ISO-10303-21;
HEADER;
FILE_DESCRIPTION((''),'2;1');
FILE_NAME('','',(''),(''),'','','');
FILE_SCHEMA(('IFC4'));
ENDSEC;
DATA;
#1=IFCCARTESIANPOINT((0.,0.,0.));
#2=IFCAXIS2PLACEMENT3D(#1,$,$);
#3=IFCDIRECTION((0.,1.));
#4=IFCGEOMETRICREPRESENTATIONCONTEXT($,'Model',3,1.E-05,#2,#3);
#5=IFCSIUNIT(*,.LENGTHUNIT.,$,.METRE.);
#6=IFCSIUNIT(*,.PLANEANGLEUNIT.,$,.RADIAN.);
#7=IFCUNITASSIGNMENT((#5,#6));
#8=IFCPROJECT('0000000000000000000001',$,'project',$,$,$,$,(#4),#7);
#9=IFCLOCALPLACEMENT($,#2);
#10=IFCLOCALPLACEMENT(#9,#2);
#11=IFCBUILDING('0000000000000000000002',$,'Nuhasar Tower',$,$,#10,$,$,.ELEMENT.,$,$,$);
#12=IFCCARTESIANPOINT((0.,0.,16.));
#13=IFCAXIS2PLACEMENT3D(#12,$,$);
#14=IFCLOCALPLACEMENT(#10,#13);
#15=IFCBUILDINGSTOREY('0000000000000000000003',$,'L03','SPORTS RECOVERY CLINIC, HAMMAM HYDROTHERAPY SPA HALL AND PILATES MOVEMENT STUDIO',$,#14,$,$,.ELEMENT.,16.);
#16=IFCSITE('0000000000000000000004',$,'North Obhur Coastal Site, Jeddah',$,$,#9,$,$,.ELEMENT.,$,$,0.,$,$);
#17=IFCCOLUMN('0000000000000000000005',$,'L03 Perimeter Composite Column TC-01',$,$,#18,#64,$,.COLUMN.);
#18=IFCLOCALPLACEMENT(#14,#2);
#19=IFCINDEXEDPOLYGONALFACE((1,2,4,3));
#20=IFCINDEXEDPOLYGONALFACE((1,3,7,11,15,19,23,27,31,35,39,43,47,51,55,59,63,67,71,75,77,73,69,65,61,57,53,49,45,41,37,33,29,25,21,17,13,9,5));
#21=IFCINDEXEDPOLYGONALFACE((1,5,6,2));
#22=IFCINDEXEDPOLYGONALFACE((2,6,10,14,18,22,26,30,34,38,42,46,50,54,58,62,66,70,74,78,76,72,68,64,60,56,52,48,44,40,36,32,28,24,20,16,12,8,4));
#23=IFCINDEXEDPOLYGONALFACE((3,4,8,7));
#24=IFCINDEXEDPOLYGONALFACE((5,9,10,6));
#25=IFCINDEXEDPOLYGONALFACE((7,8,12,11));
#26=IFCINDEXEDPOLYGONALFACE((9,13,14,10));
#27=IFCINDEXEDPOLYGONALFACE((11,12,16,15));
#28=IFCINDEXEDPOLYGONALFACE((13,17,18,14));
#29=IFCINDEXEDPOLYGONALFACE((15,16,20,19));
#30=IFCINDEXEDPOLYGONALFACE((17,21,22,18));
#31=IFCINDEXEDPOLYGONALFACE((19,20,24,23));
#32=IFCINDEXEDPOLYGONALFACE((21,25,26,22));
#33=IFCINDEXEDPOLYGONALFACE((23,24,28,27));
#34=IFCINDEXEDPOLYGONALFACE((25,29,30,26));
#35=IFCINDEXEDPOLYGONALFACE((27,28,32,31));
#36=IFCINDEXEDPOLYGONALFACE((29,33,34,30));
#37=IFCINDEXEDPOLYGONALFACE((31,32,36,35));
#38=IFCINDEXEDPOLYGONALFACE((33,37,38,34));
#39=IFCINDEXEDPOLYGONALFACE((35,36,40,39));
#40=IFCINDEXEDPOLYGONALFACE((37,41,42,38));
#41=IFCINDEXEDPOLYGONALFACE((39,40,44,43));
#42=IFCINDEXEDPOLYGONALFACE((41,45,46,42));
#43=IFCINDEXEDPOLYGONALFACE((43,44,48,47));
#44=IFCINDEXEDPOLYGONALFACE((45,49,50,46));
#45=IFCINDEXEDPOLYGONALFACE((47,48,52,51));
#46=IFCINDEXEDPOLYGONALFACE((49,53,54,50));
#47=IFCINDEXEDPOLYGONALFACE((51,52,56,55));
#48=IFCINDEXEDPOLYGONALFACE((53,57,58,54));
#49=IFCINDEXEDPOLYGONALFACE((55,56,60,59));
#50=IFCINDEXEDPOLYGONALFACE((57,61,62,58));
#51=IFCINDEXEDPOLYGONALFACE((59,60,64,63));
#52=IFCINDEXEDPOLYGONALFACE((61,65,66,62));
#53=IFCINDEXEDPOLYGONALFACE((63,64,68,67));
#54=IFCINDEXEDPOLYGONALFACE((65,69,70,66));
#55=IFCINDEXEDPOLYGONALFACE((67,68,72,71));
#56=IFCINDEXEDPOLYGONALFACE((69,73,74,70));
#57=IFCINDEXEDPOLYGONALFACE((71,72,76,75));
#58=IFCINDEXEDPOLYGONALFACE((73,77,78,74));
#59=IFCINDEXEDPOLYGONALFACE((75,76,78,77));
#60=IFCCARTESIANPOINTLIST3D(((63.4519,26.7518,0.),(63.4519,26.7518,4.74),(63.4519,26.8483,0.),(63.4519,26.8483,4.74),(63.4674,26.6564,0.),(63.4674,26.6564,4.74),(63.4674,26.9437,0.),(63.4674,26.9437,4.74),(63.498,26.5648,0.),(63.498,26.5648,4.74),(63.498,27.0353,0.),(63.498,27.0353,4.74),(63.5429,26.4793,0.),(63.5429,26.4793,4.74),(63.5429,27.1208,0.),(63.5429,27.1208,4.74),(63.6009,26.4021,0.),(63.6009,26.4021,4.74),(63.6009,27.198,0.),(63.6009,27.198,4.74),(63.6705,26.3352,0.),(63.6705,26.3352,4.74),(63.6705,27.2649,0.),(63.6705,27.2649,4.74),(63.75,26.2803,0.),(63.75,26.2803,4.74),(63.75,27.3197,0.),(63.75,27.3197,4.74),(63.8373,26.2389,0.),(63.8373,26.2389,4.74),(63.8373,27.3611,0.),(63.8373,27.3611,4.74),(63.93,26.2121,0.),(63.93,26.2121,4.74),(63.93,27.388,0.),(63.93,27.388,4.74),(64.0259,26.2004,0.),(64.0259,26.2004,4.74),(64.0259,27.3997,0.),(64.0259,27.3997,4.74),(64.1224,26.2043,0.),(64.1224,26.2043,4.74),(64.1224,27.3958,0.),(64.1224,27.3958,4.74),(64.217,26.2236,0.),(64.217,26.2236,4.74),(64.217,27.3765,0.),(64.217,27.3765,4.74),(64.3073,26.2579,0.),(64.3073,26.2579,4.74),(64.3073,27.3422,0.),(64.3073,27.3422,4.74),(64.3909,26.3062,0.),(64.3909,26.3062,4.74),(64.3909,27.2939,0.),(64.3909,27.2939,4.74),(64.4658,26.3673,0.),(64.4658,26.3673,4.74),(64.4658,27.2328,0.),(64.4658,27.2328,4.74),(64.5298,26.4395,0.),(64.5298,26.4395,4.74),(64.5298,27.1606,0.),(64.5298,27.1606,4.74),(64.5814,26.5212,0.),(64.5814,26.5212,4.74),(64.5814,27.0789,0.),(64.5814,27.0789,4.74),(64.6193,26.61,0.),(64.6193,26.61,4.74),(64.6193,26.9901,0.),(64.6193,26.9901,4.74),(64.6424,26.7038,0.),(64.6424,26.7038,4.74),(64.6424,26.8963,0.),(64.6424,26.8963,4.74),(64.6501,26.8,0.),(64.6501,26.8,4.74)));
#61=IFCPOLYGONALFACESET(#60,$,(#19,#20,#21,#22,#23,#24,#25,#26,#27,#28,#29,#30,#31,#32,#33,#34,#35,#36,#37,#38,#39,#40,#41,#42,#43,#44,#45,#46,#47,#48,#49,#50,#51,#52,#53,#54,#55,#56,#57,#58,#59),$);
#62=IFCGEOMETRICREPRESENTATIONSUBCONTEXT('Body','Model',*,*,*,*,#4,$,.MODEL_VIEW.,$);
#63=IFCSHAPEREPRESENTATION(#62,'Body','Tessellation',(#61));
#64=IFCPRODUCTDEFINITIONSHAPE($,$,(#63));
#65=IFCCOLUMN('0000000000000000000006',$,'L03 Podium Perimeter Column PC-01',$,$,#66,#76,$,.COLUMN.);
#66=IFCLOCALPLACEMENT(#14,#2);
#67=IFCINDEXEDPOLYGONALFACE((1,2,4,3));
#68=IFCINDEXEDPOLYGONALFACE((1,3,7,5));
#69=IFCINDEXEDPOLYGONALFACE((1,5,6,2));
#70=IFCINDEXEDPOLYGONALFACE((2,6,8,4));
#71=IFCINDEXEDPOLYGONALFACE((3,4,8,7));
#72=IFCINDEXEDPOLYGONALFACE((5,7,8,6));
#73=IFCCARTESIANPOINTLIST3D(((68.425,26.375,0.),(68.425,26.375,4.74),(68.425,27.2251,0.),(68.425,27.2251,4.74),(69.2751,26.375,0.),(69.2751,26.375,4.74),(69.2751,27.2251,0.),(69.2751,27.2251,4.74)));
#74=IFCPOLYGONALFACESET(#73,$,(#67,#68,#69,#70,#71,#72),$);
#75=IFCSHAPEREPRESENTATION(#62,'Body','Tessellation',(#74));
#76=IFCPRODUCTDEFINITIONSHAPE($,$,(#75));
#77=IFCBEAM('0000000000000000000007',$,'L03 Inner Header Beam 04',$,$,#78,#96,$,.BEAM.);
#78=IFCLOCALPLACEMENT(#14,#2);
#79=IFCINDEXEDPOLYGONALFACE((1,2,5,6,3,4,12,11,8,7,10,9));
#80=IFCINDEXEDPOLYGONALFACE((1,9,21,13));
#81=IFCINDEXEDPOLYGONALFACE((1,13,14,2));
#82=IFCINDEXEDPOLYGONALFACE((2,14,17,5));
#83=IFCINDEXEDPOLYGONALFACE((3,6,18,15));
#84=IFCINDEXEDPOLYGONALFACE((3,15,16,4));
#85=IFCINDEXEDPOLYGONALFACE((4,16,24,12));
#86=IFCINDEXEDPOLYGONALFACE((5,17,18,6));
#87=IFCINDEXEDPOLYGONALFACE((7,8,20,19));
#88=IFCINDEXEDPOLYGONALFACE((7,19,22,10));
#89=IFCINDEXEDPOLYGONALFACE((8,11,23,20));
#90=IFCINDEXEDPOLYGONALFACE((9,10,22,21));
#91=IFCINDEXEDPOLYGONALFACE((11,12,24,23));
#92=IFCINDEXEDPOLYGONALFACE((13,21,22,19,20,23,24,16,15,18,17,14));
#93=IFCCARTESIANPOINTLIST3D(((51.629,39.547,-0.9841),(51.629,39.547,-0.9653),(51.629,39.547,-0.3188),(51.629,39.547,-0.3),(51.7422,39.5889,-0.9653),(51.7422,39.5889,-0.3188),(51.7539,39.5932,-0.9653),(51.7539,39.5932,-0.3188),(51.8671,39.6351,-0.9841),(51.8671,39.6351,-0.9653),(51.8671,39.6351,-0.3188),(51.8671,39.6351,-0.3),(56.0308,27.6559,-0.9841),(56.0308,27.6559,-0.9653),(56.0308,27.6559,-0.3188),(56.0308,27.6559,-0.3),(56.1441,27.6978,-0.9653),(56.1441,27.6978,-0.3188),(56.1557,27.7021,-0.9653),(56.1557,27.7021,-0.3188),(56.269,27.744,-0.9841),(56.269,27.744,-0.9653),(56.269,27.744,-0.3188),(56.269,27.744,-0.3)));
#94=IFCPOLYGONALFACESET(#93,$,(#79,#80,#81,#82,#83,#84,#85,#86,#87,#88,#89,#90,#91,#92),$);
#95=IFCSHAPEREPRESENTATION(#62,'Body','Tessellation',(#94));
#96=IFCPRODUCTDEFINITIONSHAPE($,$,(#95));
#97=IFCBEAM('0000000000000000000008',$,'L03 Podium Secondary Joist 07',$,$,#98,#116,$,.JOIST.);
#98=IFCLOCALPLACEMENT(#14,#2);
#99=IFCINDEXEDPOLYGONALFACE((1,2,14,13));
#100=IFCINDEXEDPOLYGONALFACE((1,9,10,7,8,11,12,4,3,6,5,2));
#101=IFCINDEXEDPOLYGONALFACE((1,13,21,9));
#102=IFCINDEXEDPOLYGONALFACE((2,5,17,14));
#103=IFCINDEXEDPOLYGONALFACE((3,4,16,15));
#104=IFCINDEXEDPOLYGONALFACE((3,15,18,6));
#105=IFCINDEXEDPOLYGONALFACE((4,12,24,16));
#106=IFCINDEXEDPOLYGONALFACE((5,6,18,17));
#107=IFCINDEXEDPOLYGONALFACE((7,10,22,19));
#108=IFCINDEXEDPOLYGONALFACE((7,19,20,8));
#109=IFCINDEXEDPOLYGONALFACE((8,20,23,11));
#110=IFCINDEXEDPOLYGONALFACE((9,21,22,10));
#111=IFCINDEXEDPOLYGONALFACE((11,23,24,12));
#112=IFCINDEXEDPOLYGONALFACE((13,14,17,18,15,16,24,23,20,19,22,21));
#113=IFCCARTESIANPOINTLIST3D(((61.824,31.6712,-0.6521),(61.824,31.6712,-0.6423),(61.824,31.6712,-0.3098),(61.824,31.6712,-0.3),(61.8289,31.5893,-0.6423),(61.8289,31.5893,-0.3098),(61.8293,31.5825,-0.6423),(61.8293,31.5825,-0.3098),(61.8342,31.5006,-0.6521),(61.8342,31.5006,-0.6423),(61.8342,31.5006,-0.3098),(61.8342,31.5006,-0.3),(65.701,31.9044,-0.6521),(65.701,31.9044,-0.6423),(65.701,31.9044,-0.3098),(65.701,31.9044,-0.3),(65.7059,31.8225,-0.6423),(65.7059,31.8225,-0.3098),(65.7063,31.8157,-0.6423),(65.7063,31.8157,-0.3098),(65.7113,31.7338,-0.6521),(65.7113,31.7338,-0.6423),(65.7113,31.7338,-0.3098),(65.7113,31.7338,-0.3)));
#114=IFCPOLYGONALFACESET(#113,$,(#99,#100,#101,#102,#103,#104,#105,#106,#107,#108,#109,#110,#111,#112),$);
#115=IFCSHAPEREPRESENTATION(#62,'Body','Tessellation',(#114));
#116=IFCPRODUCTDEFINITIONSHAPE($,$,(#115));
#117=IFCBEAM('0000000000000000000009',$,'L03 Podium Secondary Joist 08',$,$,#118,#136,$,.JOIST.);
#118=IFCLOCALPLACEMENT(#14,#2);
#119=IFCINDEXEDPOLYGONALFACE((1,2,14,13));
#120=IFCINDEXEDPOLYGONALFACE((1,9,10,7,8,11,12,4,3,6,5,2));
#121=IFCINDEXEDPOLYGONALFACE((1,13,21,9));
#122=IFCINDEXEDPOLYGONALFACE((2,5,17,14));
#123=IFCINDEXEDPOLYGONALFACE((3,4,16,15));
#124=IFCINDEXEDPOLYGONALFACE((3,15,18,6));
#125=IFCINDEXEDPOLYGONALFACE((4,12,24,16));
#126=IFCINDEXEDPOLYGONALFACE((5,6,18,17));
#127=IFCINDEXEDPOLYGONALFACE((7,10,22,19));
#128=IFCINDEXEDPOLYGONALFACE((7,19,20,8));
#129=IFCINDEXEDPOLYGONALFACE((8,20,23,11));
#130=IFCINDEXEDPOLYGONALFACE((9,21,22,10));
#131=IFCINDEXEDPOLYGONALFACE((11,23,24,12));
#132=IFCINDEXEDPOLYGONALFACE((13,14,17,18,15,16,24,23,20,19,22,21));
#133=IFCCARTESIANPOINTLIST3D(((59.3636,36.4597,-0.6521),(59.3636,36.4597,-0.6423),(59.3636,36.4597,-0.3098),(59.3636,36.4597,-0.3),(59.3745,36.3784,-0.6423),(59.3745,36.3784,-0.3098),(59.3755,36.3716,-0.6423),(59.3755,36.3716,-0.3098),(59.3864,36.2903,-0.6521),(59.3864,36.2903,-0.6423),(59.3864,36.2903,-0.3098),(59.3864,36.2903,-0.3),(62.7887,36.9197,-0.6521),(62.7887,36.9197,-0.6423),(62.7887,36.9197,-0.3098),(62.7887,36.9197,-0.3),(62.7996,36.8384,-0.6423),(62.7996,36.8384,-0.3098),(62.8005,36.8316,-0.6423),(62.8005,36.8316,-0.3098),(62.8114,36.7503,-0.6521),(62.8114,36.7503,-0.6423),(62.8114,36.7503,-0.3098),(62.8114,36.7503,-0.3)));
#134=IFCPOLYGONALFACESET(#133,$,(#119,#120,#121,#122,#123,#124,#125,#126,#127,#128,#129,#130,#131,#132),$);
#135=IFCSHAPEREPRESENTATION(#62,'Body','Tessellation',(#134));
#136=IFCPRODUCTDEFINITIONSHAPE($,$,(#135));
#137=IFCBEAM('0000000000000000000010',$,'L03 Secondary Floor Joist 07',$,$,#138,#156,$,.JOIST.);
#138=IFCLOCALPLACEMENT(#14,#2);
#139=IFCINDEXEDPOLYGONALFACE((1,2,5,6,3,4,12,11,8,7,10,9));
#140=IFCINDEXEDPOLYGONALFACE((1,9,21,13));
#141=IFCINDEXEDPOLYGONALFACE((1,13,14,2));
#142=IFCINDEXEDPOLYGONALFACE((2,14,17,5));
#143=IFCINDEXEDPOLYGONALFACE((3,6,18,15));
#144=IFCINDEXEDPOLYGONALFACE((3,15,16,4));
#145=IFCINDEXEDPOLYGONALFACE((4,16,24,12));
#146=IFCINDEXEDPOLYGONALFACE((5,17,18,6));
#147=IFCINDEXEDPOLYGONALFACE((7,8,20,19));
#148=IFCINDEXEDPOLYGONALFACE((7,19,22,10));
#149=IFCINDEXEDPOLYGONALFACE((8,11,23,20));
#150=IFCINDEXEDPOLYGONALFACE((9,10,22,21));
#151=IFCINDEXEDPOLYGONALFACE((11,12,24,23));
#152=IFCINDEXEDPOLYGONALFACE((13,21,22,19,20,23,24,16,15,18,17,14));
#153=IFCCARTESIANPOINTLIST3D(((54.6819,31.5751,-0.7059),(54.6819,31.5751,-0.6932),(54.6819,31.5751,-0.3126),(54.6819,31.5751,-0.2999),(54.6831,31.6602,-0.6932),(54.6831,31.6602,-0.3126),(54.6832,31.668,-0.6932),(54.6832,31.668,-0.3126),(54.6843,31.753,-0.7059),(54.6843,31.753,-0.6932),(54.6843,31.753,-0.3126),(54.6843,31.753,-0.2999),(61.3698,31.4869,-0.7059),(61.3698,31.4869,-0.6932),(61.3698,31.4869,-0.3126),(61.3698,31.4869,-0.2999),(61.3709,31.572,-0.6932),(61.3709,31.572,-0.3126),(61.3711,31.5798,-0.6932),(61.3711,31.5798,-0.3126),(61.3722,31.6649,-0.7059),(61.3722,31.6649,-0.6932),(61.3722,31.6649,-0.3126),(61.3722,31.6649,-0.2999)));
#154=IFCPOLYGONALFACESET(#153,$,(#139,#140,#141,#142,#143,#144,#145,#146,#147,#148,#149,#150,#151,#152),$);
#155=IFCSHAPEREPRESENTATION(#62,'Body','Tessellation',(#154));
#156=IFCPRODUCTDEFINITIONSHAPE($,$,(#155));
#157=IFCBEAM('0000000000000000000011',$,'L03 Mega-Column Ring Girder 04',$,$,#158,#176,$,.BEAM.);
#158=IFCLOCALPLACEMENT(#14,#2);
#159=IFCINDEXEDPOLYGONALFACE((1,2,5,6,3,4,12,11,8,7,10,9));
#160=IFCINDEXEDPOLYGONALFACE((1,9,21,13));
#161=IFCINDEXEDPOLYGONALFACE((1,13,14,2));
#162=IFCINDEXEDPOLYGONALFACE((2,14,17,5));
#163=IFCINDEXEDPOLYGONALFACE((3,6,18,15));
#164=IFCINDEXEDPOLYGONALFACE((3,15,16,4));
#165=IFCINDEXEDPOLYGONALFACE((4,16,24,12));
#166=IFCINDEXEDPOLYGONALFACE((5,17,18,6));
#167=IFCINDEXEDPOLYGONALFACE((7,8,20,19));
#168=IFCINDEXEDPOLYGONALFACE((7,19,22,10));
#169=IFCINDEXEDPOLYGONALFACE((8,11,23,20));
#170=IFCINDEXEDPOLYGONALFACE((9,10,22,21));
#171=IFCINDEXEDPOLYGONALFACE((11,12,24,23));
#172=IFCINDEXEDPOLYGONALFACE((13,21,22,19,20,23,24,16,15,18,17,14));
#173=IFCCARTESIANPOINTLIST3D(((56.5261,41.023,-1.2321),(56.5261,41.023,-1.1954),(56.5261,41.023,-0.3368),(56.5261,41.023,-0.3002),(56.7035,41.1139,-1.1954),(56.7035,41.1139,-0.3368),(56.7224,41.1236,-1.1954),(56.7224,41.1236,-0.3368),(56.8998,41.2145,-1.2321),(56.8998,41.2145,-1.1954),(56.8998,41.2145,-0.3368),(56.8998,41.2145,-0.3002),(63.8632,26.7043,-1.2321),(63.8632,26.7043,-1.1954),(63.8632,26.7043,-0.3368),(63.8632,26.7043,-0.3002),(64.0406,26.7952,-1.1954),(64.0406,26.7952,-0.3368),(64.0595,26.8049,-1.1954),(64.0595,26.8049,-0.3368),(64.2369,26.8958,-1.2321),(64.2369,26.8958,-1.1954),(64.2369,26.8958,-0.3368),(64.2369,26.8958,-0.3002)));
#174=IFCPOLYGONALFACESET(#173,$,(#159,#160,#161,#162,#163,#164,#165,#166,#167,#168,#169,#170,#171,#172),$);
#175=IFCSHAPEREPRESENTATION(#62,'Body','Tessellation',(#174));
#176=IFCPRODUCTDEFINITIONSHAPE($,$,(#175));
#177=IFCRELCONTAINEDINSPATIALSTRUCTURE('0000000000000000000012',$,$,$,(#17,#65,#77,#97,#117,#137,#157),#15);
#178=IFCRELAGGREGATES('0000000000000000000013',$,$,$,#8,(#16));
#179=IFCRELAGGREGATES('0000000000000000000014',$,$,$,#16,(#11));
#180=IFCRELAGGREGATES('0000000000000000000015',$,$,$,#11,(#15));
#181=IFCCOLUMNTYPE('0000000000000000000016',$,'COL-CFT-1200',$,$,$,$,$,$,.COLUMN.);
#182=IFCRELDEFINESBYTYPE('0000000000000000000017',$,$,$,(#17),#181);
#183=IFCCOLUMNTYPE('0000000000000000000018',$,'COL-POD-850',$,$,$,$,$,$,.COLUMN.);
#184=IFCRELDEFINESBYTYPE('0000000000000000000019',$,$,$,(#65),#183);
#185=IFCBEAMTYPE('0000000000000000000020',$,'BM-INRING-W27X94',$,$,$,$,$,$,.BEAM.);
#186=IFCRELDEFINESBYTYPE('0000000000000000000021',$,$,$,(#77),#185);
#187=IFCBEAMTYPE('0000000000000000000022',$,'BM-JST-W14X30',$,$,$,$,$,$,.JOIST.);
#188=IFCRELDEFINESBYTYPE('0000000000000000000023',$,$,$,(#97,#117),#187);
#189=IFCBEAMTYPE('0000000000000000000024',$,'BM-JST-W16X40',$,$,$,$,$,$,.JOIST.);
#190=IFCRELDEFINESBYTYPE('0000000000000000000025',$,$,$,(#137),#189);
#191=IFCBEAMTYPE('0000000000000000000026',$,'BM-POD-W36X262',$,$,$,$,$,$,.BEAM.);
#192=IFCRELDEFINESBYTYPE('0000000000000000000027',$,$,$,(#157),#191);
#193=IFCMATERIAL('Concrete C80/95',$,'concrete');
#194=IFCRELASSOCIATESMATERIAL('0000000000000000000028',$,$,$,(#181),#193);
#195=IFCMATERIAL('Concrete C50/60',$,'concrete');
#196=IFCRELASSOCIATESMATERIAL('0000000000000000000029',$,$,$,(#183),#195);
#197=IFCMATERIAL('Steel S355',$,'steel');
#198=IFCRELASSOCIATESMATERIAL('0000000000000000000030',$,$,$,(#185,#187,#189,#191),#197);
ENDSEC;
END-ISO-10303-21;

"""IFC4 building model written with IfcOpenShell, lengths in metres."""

from ifc_helpers import new_model, si_unit, direction, frame, origin, origin_2d, place, context, subcontext, project, spatial, rectangle, circle, i_section, extrude, material, material_profile, profile_set, type_object, element, save


model = new_model("IFC4")

# Units and contexts
model_context = context("Model", 3, precision=1e-05, world=origin(), true_north=direction((0.0, 1.0)))
body_context = subcontext(model_context, "Body", "Model", "MODEL_VIEW")
ifc_project = project(units=[si_unit("LENGTHUNIT", "METRE"), si_unit("PLANEANGLEUNIT", "RADIAN")], contexts=[model_context])

# Site, building, storey
site_placement = place(None, origin())
site = spatial("IfcSite", under=ifc_project, at=site_placement, Name="North Obhur Coastal Site, Jeddah", CompositionType="ELEMENT", RefElevation=0.0)
building_placement = place(site_placement, origin())
building = spatial("IfcBuilding", under=site, at=building_placement, Name="Nuhasar Tower", CompositionType="ELEMENT")
storey_placement = place(building_placement, frame((0.0, 0.0, 16.0)))
storey = spatial("IfcBuildingStorey", under=building, at=storey_placement, Name="L03", Description="SPORTS RECOVERY CLINIC, HAMMAM HYDROTHERAPY SPA HALL AND PILATES MOVEMENT STUDIO", CompositionType="ELEMENT", Elevation=16.0)

# Columns
ifc_material_1 = material(Name="Concrete C80/95", Category="concrete")
ifc_material_profile_1 = material_profile(ifc_material_1, circle(Radius=0.6001, at=origin_2d()), Name="CFT1200")
ifc_profile_set_1 = profile_set([ifc_material_profile_1], Name="Concrete C80/95")
column_type_1 = type_object("IfcColumnType", Name="COL-CFT-1200", PredefinedType="COLUMN", material=ifc_profile_set_1)
column_1_placement = place(storey_placement, frame((64.05, 26.8, 0.0), z_axis=(0.0, 0.0, 1.0), x_axis=(1.0, 0.0, 0.0)))
element("IfcColumn", 1, at=column_1_placement, inside=storey, type_object=column_type_1, Name="L03 Perimeter Composite Column TC-01", PredefinedType="COLUMN", context=body_context, shape_type="SweptSolid", body=[
    extrude(circle(Radius=0.6001, at=origin_2d()), origin(), (0.0, 0.0, 1.0), 4.74),
])
ifc_material_2 = material(Name="Concrete C50/60", Category="concrete")
ifc_material_profile_2 = material_profile(ifc_material_2, rectangle(XDim=0.8501, YDim=0.8501, at=origin_2d()), Name="RC850X850")
ifc_profile_set_2 = profile_set([ifc_material_profile_2], Name="Concrete C50/60")
column_type_2 = type_object("IfcColumnType", Name="COL-POD-850", PredefinedType="COLUMN", material=ifc_profile_set_2)
column_2_placement = place(storey_placement, frame((68.8501, 26.8, 0.0), z_axis=(0.0, 0.0, 1.0), x_axis=(1.0, 0.0, 0.0)))
element("IfcColumn", 2, at=column_2_placement, inside=storey, type_object=column_type_2, Name="L03 Podium Perimeter Column PC-01", PredefinedType="COLUMN", context=body_context, shape_type="SweptSolid", body=[
    extrude(rectangle(XDim=0.8501, YDim=0.8501, at=origin_2d()), origin(), (0.0, 0.0, 1.0), 4.74),
])

# Beams
ifc_material_3 = material(Name="Steel S355", Category="steel")
ifc_material_profile_3 = material_profile(ifc_material_3, i_section(OverallWidth=0.2539, OverallDepth=0.6841, WebThickness=0.0125, FlangeThickness=0.0188, at=origin_2d()), Name="W27X94")
ifc_profile_set_3 = profile_set([ifc_material_profile_3], Name="Steel S355")
beam_type_1 = type_object("IfcBeamType", Name="BM-INRING-W27X94", PredefinedType="BEAM", material=ifc_profile_set_3)
beam_1_placement = place(storey_placement, frame((56.1499, 27.7, -0.6421), z_axis=(-0.347158, 0.937807, 0.0), x_axis=(-0.937807, -0.347158, 0.0)))
element("IfcBeam", 3, at=beam_1_placement, inside=storey, type_object=beam_type_1, Name="L03 Inner Header Beam 04", PredefinedType="BEAM", context=body_context, shape_type="SweptSolid", body=[
    extrude(i_section(OverallWidth=0.2539, OverallDepth=0.6841, WebThickness=0.0125, FlangeThickness=0.0188, at=origin_2d()), origin(), (0.0, 0.0, 1.0), 12.6797),
])
ifc_material_profile_4 = material_profile(ifc_material_3, i_section(OverallWidth=0.1709, OverallDepth=0.3521, WebThickness=0.0068, FlangeThickness=0.0098, at=origin_2d()), Name="W14X30")
ifc_profile_set_4 = profile_set([ifc_material_profile_4], Name="Steel S355")
beam_type_2 = type_object("IfcBeamType", Name="BM-JST-W14X30", PredefinedType="JOIST", material=ifc_profile_set_4)
beam_2_placement = place(storey_placement, frame((61.8291, 31.5859, -0.4761), z_axis=(0.998197, 0.06003, 0.0), x_axis=(-0.06003, 0.998197, 0.0)))
element("IfcBeam", 4, at=beam_2_placement, inside=storey, type_object=beam_type_2, Name="L03 Podium Secondary Joist 07", PredefinedType="JOIST", context=body_context, shape_type="SweptSolid", body=[
    extrude(i_section(OverallWidth=0.1709, OverallDepth=0.3521, WebThickness=0.0068, FlangeThickness=0.0098, at=origin_2d()), origin(), (0.0, 0.0, 1.0), 3.884),
])
beam_3_placement = place(storey_placement, frame((59.375, 36.375, -0.4761), z_axis=(0.991103, 0.133098, 0.0), x_axis=(-0.133098, 0.991103, 0.0)))
element("IfcBeam", 5, at=beam_3_placement, inside=storey, type_object=beam_type_2, Name="L03 Podium Secondary Joist 08", PredefinedType="JOIST", context=body_context, shape_type="SweptSolid", body=[
    extrude(i_section(OverallWidth=0.1709, OverallDepth=0.3521, WebThickness=0.0068, FlangeThickness=0.0098, at=origin_2d()), origin(), (0.0, 0.0, 1.0), 3.4558),
])
ifc_material_profile_5 = material_profile(ifc_material_3, i_section(OverallWidth=0.178, OverallDepth=0.406, WebThickness=0.0078, FlangeThickness=0.0127, at=origin_2d()), Name="W16X40")
ifc_profile_set_5 = profile_set([ifc_material_profile_5], Name="Steel S355")
beam_type_3 = type_object("IfcBeamType", Name="BM-JST-W16X40", PredefinedType="JOIST", material=ifc_profile_set_5)
beam_4_placement = place(storey_placement, frame((54.6831, 31.6641, -0.5029), z_axis=(0.999913, -0.013177, 0.0), x_axis=(0.013177, 0.999913, 0.0)))
element("IfcBeam", 6, at=beam_4_placement, inside=storey, type_object=beam_type_3, Name="L03 Secondary Floor Joist 07", PredefinedType="JOIST", context=body_context, shape_type="SweptSolid", body=[
    extrude(i_section(OverallWidth=0.178, OverallDepth=0.406, WebThickness=0.0078, FlangeThickness=0.0127, at=origin_2d()), origin(), (0.0, 0.0, 1.0), 6.6885),
])
ifc_material_profile_6 = material_profile(ifc_material_3, i_section(OverallWidth=0.4199, OverallDepth=0.9319, WebThickness=0.0212, FlangeThickness=0.0366, at=origin_2d()), Name="W36X262")
ifc_profile_set_6 = profile_set([ifc_material_profile_6], Name="Steel S355")
beam_type_4 = type_object("IfcBeamType", Name="BM-POD-W36X262", PredefinedType="BEAM", material=ifc_profile_set_6)
beam_5_placement = place(storey_placement, frame((64.05, 26.8, -0.7661), z_axis=(-0.456029, 0.889965, 0.0), x_axis=(-0.889965, -0.456029, 0.0)))
element("IfcBeam", 7, at=beam_5_placement, inside=storey, type_object=beam_type_4, Name="L03 Mega-Column Ring Girder 04", PredefinedType="BEAM", context=body_context, shape_type="SweptSolid", body=[
    extrude(i_section(OverallWidth=0.4199, OverallDepth=0.9319, WebThickness=0.0212, FlangeThickness=0.0366, at=origin_2d()), origin(), (0.0, 0.0, 1.0), 16.0891),
])

save(model, "model.ifc")
